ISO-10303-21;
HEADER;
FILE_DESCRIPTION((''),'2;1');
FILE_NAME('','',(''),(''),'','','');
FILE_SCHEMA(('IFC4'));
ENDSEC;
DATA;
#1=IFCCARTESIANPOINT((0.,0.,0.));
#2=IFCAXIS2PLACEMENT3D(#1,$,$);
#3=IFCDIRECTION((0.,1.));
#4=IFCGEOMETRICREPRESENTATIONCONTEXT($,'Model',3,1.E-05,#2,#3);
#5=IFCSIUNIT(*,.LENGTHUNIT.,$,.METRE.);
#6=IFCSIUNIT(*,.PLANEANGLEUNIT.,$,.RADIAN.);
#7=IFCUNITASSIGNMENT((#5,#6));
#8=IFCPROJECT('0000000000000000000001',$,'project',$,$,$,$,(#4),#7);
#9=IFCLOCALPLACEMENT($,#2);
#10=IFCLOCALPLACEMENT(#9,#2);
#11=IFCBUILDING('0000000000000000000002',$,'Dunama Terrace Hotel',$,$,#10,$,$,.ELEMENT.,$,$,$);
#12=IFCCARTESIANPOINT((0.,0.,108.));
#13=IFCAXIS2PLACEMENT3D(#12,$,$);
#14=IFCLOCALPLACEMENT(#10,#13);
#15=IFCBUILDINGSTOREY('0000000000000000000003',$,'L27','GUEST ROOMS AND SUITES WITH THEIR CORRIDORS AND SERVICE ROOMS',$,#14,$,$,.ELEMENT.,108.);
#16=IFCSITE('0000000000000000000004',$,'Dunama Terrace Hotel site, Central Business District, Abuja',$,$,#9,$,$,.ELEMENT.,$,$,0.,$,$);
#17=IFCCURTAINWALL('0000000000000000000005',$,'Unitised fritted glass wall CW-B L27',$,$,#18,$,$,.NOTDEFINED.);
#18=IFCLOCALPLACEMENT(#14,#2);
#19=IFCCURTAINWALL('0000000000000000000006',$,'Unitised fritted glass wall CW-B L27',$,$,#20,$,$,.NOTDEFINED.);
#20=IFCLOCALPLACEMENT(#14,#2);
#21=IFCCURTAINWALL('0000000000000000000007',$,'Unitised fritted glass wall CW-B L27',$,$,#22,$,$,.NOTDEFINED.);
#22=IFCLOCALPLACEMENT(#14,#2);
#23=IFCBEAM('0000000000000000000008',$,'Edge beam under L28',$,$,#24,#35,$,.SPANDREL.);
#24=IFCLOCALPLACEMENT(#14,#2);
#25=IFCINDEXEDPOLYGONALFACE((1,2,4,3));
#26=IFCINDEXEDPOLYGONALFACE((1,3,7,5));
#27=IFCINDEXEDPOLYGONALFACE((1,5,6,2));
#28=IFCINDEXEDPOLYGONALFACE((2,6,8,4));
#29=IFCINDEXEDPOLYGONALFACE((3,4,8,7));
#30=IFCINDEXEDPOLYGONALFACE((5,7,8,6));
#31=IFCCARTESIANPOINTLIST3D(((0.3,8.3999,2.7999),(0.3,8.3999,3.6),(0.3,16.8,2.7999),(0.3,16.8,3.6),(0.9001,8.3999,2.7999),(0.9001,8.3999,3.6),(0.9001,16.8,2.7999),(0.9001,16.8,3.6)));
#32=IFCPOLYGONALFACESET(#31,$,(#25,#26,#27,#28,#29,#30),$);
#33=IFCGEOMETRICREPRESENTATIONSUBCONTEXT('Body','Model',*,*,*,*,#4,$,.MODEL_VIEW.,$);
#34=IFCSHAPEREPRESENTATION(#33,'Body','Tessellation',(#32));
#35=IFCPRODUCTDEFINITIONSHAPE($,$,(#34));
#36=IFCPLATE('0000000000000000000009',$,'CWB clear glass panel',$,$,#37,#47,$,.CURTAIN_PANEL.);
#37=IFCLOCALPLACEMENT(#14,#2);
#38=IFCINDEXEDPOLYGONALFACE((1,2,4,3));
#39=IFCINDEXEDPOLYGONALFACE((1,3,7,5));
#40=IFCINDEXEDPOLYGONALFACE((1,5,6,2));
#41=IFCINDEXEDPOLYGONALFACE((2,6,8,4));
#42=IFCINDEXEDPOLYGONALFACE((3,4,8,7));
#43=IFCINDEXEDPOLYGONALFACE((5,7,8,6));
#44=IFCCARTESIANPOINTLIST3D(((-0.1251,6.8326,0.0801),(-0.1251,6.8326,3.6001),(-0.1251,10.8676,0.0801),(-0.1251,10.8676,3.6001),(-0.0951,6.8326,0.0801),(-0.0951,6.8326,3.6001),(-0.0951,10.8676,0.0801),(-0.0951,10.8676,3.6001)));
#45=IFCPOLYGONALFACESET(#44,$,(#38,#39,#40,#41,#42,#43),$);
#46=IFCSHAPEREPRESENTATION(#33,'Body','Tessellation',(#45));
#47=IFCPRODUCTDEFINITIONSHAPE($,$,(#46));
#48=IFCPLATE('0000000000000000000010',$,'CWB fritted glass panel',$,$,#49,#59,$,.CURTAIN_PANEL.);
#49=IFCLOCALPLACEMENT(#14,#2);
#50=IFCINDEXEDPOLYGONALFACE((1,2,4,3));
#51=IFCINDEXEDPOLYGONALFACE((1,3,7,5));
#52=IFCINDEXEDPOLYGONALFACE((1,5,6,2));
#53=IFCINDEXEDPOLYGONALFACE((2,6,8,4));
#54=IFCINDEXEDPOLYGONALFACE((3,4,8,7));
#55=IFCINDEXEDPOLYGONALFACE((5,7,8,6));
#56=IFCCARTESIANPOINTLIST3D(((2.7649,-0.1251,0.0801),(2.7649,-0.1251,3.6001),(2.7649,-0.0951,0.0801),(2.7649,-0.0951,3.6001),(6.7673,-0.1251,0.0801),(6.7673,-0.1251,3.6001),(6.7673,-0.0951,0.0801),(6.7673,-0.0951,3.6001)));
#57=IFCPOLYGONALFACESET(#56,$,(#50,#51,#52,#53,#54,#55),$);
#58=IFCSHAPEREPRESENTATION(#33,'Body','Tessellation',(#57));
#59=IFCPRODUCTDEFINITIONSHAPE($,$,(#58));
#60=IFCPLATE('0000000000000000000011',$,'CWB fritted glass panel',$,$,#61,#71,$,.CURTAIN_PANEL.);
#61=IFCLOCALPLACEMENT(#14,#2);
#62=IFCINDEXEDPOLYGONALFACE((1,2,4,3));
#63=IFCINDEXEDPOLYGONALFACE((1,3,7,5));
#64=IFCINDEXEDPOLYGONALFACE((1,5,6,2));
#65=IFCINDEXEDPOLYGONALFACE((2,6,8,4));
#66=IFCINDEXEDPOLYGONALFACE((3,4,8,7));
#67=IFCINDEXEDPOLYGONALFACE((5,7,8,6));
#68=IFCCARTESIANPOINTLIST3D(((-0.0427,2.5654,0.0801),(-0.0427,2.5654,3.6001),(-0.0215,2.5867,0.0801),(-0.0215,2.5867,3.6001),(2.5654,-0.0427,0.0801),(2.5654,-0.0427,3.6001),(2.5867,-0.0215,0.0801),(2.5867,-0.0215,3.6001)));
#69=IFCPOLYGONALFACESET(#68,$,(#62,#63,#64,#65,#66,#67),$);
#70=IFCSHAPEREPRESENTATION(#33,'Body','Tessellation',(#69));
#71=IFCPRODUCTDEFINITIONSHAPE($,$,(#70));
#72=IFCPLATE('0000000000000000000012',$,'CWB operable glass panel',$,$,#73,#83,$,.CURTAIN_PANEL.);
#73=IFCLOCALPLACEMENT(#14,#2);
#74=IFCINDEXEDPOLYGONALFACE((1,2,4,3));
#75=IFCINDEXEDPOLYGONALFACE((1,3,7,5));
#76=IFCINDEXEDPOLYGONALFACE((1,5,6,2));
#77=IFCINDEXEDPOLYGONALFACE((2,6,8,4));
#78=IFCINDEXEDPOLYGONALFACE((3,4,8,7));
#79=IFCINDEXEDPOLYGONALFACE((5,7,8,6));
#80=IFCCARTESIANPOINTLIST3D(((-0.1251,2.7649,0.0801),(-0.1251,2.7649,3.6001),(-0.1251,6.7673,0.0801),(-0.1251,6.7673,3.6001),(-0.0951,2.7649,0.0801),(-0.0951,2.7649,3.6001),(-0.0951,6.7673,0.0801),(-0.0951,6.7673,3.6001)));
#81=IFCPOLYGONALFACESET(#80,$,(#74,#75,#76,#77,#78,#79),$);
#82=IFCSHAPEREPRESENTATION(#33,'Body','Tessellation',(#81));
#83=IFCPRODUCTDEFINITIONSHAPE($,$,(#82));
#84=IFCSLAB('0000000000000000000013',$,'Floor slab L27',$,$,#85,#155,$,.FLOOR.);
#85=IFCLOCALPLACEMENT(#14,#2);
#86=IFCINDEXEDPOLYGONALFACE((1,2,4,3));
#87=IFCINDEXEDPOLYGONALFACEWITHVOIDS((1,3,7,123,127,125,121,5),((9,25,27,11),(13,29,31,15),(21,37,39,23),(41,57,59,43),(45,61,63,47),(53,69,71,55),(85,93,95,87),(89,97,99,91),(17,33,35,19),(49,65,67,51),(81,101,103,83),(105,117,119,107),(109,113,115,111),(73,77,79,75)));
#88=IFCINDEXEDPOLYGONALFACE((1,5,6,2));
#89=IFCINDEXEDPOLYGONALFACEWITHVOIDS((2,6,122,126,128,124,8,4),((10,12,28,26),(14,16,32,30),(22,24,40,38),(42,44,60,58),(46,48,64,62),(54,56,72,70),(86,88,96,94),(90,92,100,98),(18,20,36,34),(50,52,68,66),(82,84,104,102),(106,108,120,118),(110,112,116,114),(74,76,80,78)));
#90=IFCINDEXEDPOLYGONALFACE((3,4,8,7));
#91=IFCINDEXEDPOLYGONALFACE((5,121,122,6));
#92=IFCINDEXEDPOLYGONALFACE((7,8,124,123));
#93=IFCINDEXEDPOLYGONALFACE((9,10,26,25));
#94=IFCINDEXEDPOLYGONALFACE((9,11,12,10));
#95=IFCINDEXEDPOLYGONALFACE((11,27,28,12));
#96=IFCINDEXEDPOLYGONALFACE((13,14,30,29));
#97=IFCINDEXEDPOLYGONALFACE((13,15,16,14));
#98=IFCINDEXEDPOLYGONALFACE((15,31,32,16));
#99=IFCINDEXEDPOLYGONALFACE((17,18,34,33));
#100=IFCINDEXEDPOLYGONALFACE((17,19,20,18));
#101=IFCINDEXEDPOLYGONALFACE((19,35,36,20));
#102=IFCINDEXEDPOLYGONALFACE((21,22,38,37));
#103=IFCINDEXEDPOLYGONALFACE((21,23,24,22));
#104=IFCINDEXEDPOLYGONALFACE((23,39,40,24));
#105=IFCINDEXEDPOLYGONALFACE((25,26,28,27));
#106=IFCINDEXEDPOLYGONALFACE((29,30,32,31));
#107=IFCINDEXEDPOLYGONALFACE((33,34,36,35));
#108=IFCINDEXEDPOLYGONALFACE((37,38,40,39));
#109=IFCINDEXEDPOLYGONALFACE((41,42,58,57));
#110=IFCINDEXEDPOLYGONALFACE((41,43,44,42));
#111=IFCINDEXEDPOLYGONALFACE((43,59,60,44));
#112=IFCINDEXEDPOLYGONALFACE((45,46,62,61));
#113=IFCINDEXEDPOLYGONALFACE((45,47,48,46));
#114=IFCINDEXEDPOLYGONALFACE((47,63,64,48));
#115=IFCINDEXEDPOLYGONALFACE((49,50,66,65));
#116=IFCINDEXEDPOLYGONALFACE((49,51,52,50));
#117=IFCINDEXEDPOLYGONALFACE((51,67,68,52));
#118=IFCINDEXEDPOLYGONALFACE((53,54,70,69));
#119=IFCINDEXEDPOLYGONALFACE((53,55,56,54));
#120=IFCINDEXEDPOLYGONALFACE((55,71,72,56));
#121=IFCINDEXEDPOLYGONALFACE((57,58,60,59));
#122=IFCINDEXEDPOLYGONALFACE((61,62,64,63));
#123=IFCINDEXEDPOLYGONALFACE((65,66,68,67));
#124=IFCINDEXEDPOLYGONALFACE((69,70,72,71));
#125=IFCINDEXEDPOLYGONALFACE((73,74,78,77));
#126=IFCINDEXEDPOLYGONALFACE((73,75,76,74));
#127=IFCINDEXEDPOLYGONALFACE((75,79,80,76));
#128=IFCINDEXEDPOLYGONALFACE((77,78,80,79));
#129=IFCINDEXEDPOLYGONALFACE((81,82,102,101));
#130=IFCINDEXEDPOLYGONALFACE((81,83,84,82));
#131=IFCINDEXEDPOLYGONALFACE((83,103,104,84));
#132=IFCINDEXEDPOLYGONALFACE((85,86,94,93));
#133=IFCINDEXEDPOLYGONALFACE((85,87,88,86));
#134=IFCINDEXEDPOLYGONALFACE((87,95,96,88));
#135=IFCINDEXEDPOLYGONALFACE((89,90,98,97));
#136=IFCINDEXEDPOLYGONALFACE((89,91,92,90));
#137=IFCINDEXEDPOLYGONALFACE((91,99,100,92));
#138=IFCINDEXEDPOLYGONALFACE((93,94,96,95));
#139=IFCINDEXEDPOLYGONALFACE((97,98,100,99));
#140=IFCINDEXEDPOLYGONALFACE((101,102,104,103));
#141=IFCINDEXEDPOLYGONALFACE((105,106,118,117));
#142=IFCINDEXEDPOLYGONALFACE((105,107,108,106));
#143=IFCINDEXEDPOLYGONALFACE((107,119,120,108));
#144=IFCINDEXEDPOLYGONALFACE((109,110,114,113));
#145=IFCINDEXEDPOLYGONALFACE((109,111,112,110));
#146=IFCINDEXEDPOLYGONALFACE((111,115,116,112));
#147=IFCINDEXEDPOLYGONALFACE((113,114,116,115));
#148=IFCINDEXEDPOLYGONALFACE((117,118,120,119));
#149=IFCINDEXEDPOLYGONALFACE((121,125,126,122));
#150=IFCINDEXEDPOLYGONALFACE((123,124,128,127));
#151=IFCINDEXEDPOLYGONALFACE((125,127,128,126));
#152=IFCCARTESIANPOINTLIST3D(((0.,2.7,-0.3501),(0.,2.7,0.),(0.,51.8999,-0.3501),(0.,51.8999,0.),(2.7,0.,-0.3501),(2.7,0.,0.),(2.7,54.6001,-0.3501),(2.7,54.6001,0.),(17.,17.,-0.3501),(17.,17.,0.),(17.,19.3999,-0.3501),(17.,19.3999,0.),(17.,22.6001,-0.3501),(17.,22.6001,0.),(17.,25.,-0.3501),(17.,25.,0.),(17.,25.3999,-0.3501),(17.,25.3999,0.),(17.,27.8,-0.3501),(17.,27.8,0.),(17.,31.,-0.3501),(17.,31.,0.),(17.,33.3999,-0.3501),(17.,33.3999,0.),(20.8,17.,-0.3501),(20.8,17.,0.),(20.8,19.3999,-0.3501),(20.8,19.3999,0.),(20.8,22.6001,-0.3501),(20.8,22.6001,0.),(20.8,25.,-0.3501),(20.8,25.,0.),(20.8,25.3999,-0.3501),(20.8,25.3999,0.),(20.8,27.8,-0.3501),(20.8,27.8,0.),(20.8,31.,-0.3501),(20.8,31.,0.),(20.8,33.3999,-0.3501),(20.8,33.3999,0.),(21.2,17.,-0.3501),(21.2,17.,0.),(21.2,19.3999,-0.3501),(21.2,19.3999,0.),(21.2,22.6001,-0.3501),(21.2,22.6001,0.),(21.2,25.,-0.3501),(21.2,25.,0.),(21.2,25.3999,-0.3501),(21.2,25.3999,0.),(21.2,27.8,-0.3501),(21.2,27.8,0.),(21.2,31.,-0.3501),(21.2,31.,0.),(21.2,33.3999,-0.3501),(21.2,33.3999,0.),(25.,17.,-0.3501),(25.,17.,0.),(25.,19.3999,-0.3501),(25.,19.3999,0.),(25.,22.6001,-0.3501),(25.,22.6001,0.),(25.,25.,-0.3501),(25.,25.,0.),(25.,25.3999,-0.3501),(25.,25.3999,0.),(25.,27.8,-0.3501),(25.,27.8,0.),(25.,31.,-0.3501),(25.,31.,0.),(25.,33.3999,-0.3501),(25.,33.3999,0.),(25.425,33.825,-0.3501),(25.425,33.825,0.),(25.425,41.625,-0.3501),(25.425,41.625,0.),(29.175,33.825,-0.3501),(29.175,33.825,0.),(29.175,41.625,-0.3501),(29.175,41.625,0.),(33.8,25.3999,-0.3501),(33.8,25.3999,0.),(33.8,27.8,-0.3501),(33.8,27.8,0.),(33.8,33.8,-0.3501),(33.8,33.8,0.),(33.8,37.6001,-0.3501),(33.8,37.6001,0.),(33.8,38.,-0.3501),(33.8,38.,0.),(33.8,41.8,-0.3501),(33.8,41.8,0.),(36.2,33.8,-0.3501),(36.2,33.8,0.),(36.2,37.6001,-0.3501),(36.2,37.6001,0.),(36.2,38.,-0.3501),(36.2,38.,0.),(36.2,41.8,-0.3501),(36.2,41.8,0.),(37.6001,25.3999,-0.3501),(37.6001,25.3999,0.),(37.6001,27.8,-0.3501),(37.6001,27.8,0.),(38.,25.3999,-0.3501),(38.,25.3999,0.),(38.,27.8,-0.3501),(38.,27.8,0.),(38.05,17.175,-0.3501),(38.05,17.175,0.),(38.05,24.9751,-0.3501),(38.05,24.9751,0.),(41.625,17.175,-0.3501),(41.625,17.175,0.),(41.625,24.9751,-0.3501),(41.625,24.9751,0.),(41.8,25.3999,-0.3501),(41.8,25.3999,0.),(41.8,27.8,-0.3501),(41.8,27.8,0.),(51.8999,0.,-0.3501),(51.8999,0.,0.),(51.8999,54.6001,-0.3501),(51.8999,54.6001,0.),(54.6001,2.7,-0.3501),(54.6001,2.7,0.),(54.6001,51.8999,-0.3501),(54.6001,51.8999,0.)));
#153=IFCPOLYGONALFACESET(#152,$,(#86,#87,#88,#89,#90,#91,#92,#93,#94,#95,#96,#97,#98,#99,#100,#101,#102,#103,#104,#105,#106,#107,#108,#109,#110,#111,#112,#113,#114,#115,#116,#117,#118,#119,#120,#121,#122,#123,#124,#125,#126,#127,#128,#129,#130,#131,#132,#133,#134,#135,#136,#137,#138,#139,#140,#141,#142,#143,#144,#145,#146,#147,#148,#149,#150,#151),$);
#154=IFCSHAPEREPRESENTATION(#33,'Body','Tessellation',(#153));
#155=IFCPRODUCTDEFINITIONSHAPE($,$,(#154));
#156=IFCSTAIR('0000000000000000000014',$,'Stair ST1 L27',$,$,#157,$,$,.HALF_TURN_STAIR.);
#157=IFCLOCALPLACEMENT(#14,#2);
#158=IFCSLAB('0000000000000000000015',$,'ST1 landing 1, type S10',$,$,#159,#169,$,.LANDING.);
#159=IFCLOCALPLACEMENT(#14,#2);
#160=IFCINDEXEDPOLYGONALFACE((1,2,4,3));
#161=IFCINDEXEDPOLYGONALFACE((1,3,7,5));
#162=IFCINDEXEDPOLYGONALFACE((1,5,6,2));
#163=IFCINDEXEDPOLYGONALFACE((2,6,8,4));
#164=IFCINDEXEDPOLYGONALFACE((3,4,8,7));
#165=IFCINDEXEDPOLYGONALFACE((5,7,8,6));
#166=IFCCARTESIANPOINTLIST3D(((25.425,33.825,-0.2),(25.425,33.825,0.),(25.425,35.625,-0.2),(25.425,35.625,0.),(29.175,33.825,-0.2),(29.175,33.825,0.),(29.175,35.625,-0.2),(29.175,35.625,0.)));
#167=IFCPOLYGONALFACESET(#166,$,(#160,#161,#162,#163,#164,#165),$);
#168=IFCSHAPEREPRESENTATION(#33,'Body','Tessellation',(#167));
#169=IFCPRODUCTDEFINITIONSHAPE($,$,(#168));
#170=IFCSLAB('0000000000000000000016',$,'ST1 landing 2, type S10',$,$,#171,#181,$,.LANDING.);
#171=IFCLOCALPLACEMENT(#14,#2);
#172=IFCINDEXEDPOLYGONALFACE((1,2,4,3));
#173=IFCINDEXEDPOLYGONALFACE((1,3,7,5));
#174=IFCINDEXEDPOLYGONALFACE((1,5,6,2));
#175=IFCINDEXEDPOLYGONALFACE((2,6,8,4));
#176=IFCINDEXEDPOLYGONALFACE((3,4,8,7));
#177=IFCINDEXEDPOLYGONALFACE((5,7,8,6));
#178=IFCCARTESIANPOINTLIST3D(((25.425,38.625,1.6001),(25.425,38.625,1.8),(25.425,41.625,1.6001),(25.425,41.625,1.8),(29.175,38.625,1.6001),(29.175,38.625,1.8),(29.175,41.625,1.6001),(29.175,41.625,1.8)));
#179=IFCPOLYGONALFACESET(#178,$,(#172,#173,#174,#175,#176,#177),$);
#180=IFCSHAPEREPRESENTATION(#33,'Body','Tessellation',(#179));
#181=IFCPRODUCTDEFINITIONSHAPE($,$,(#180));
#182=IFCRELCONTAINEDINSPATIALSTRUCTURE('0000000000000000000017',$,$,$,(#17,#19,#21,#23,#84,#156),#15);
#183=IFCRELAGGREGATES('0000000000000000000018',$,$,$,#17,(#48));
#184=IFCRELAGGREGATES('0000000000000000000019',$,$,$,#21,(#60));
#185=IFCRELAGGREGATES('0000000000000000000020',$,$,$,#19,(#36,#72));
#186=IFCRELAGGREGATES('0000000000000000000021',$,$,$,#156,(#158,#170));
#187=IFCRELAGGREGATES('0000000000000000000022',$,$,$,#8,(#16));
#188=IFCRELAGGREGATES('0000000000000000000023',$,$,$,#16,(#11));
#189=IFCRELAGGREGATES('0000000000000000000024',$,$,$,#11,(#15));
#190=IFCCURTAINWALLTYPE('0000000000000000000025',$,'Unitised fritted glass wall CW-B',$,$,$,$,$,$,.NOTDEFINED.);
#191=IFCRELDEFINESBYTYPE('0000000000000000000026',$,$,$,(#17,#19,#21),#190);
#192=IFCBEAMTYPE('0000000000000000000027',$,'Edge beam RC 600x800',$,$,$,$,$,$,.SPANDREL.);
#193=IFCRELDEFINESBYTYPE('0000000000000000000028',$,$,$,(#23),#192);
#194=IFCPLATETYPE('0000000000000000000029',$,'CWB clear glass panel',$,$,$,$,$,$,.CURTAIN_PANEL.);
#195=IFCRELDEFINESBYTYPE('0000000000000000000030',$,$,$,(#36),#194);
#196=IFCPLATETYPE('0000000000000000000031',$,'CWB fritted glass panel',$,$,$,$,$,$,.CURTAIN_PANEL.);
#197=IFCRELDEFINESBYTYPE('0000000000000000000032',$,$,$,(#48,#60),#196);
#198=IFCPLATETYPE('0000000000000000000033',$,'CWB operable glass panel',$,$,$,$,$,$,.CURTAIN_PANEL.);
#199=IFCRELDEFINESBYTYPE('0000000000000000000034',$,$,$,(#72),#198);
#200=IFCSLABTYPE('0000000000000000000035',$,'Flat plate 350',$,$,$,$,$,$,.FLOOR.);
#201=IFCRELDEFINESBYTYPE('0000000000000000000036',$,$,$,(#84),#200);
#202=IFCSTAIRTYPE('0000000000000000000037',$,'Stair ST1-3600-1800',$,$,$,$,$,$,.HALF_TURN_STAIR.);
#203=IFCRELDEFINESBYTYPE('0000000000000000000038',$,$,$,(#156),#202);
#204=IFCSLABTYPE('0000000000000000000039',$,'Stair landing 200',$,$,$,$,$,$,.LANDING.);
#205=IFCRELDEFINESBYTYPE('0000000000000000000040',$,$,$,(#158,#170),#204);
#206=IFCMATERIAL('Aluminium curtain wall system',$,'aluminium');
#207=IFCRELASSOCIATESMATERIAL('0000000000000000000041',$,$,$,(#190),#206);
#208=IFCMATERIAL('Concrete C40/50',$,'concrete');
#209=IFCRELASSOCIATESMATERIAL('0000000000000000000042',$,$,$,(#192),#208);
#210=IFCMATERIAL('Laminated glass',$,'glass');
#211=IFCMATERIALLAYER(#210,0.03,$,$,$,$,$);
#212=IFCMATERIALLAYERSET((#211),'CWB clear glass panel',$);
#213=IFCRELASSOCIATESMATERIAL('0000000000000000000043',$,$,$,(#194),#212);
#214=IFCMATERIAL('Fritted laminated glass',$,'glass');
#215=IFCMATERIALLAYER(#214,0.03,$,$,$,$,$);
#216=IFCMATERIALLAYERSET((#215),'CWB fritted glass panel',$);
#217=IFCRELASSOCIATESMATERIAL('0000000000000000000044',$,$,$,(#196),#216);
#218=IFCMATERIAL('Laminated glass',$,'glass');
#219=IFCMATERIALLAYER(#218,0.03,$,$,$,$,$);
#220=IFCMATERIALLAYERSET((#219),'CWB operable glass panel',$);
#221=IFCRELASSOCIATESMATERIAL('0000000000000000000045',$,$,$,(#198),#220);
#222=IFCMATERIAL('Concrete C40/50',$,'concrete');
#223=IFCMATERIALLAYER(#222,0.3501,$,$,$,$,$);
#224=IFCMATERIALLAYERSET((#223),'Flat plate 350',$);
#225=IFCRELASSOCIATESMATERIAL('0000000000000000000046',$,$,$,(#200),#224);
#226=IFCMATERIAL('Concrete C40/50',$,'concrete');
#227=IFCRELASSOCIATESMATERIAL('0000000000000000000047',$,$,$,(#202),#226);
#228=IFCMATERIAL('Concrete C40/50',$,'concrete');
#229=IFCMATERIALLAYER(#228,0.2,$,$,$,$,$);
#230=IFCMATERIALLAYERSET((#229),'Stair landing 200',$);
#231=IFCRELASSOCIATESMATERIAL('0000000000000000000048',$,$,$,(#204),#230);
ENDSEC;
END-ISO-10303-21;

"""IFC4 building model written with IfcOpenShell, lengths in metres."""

from ifc_helpers import new_model, si_unit, direction, frame, origin, origin_2d, place, context, subcontext, project, spatial, polyline, rectangle, outline, extrude, material, layer, layer_set, material_profile, profile_set, type_object, element, aggregate, save


model = new_model("IFC4")

# Units and contexts
model_context = context("Model", 3, precision=1e-05, world=origin(), true_north=direction((0.0, 1.0)))
body_context = subcontext(model_context, "Body", "Model", "MODEL_VIEW")
ifc_project = project(units=[si_unit("LENGTHUNIT", "METRE"), si_unit("PLANEANGLEUNIT", "RADIAN")], contexts=[model_context])

# Site, building, storey
site_placement = place(None, origin())
site = spatial("IfcSite", under=ifc_project, at=site_placement, Name="Dunama Terrace Hotel site, Central Business District, Abuja", CompositionType="ELEMENT", RefElevation=0.0)
building_placement = place(site_placement, origin())
building = spatial("IfcBuilding", under=site, at=building_placement, Name="Dunama Terrace Hotel", CompositionType="ELEMENT")
storey_placement = place(building_placement, frame((0.0, 0.0, 108.0)))
storey = spatial("IfcBuildingStorey", under=building, at=storey_placement, Name="L27", Description="GUEST ROOMS AND SUITES WITH THEIR CORRIDORS AND SERVICE ROOMS", CompositionType="ELEMENT", Elevation=108.0)

# Curtain walls
ifc_material_1 = material(Name="Aluminium curtain wall system", Category="aluminium")
curtain_wall_type = type_object("IfcCurtainWallType", Name="Unitised fritted glass wall CW-B", PredefinedType="NOTDEFINED", material=ifc_material_1)
curtain_wall_1_placement = place(storey_placement, origin())
curtain_wall_1 = element("IfcCurtainWall", 1, at=curtain_wall_1_placement, inside=storey, type_object=curtain_wall_type, Name="Unitised fritted glass wall CW-B L27", PredefinedType="NOTDEFINED")
curtain_wall_2_placement = place(storey_placement, origin())
curtain_wall_2 = element("IfcCurtainWall", 2, at=curtain_wall_2_placement, inside=storey, type_object=curtain_wall_type, Name="Unitised fritted glass wall CW-B L27", PredefinedType="NOTDEFINED")
curtain_wall_3_placement = place(storey_placement, origin())
curtain_wall_3 = element("IfcCurtainWall", 3, at=curtain_wall_3_placement, inside=storey, type_object=curtain_wall_type, Name="Unitised fritted glass wall CW-B L27", PredefinedType="NOTDEFINED")

# Beam
ifc_material_2 = material(Name="Concrete C40/50", Category="concrete")
ifc_material_profile_1 = material_profile(ifc_material_2, rectangle(XDim=0.6001, YDim=0.8, at=origin_2d()), Name="RC 600x800")
ifc_profile_set_1 = profile_set([ifc_material_profile_1], Name="Concrete C40/50")
beam_type = type_object("IfcBeamType", Name="Edge beam RC 600x800", PredefinedType="SPANDREL", material=ifc_profile_set_1)
beam_placement = place(storey_placement, frame((0.6001, 8.3999, 3.2), z_axis=(0.0, 1.0, 0.0), x_axis=(-1.0, 0.0, 0.0)))
element("IfcBeam", 4, at=beam_placement, inside=storey, type_object=beam_type, Name="Edge beam under L28", PredefinedType="SPANDREL", context=body_context, shape_type="SweptSolid", body=[
    extrude(rectangle(XDim=0.6001, YDim=0.8, at=origin_2d()), origin(), (0.0, 0.0, 1.0), 8.4001),
])

# Plates
ifc_material_3 = material(Name="Laminated glass", Category="glass")
ifc_layer_1 = layer(ifc_material_3, 0.03)
ifc_layer_set_1 = layer_set([ifc_layer_1], Name="CWB clear glass panel")
plate_type_1 = type_object("IfcPlateType", Name="CWB clear glass panel", PredefinedType="CURTAIN_PANEL", material=ifc_layer_set_1)
plate_1_placement = place(storey_placement, frame((-0.1101, 8.8501, 0.0801), z_axis=(0.0, 0.0, 1.0), x_axis=(0.0, -1.0, 0.0)))
plate_1 = element("IfcPlate", 5, at=plate_1_placement, type_object=plate_type_1, Name="CWB clear glass panel", PredefinedType="CURTAIN_PANEL", context=body_context, shape_type="SweptSolid", body=[
    extrude(rectangle(XDim=4.0349, YDim=0.03, at=origin_2d()), origin(), (0.0, 0.0, 1.0), 3.52),
])
ifc_material_4 = material(Name="Fritted laminated glass", Category="glass")
ifc_layer_2 = layer(ifc_material_4, 0.03)
ifc_layer_set_2 = layer_set([ifc_layer_2], Name="CWB fritted glass panel")
plate_type_2 = type_object("IfcPlateType", Name="CWB fritted glass panel", PredefinedType="CURTAIN_PANEL", material=ifc_layer_set_2)
plate_2_placement = place(storey_placement, frame((4.7661, -0.1101, 0.0801), z_axis=(0.0, 0.0, 1.0), x_axis=(1.0, 0.0, 0.0)))
plate_2 = element("IfcPlate", 6, at=plate_2_placement, type_object=plate_type_2, Name="CWB fritted glass panel", PredefinedType="CURTAIN_PANEL", context=body_context, shape_type="SweptSolid", body=[
    extrude(rectangle(XDim=4.0024, YDim=0.03, at=origin_2d()), origin(), (0.0, 0.0, 1.0), 3.52),
])
aggregate(curtain_wall_1, [plate_2])
plate_3_placement = place(storey_placement, frame((1.272, 1.272, 0.0801), z_axis=(0.0, 0.0, 1.0), x_axis=(0.707107, -0.707107, 0.0)))
plate_3 = element("IfcPlate", 7, at=plate_3_placement, type_object=plate_type_2, Name="CWB fritted glass panel", PredefinedType="CURTAIN_PANEL", context=body_context, shape_type="SweptSolid", body=[
    extrude(rectangle(XDim=3.6885, YDim=0.03, at=origin_2d()), origin(), (0.0, 0.0, 1.0), 3.52),
])
aggregate(curtain_wall_3, [plate_3])
ifc_material_5 = material(Name="Laminated glass", Category="glass")
ifc_layer_3 = layer(ifc_material_5, 0.03)
ifc_layer_set_3 = layer_set([ifc_layer_3], Name="CWB operable glass panel")
plate_type_3 = type_object("IfcPlateType", Name="CWB operable glass panel", PredefinedType="CURTAIN_PANEL", material=ifc_layer_set_3)
plate_4_placement = place(storey_placement, frame((-0.1101, 4.7661, 0.0801), z_axis=(0.0, 0.0, 1.0), x_axis=(0.0, -1.0, 0.0)))
plate_4 = element("IfcPlate", 8, at=plate_4_placement, type_object=plate_type_3, Name="CWB operable glass panel", PredefinedType="CURTAIN_PANEL", context=body_context, shape_type="SweptSolid", body=[
    extrude(rectangle(XDim=4.0024, YDim=0.03, at=origin_2d()), origin(), (0.0, 0.0, 1.0), 3.52),
])
aggregate(curtain_wall_2, [plate_1, plate_4])

# Slab
ifc_material_6 = material(Name="Concrete C40/50", Category="concrete")
ifc_layer_4 = layer(ifc_material_6, 0.3501)
ifc_layer_set_4 = layer_set([ifc_layer_4], Name="Flat plate 350")
slab_type_1 = type_object("IfcSlabType", Name="Flat plate 350", PredefinedType="FLOOR", material=ifc_layer_set_4)
slab_1_placement = place(storey_placement, frame((0.0, 0.0, -0.3501)))
element("IfcSlab", 9, at=slab_1_placement, inside=storey, type_object=slab_type_1, Name="Floor slab L27", PredefinedType="FLOOR", context=body_context, shape_type="SweptSolid", body=[
    extrude(outline(polyline([(2.7, 0.0), (51.8999, 0.0), (54.6001, 2.7), (54.6001, 51.8999), (51.8999, 54.6001), (2.7, 54.6001), (0.0, 51.8999), (0.0, 2.7), (2.7, 0.0)]), holes=[polyline([(37.6001, 25.3999), (37.6001, 27.8), (33.8, 27.8), (33.8, 25.3999), (37.6001, 25.3999)]), polyline([(41.8, 25.3999), (41.8, 27.8), (38.0, 27.8), (38.0, 25.3999), (41.8, 25.3999)]), polyline([(20.8, 17.0), (20.8, 19.3999), (17.0, 19.3999), (17.0, 17.0), (20.8, 17.0)]), polyline([(25.0, 17.0), (25.0, 19.3999), (21.2, 19.3999), (21.2, 17.0), (25.0, 17.0)]), polyline([(20.8, 22.6001), (20.8, 25.0), (17.0, 25.0), (17.0, 22.6001), (20.8, 22.6001)]), polyline([(25.0, 22.6001), (25.0, 25.0), (21.2, 25.0), (21.2, 22.6001), (25.0, 22.6001)]), polyline([(20.8, 25.3999), (20.8, 27.8), (17.0, 27.8), (17.0, 25.3999), (20.8, 25.3999)]), polyline([(25.0, 25.3999), (25.0, 27.8), (21.2, 27.8), (21.2, 25.3999), (25.0, 25.3999)]), polyline([(20.8, 31.0), (20.8, 33.3999), (17.0, 33.3999), (17.0, 31.0), (20.8, 31.0)]), polyline([(25.0, 31.0), (25.0, 33.3999), (21.2, 33.3999), (21.2, 31.0), (25.0, 31.0)]), polyline([(36.2, 38.0), (36.2, 41.8), (33.8, 41.8), (33.8, 38.0), (36.2, 38.0)]), polyline([(36.2, 33.8), (36.2, 37.6001), (33.8, 37.6001), (33.8, 33.8), (36.2, 33.8)]), polyline([(29.175, 33.825), (29.175, 41.625), (25.425, 41.625), (25.425, 33.825), (29.175, 33.825)]), polyline([(41.625, 17.175), (41.625, 24.9751), (38.05, 24.9751), (38.05, 17.175), (41.625, 17.175)])]), origin(), (0.0, 0.0, 1.0), 0.3501),
])

# Stair, slabs
ifc_material_7 = material(Name="Concrete C40/50", Category="concrete")
stair_type_1 = type_object("IfcStairType", Name="Stair ST1-3600-1800", PredefinedType="HALF_TURN_STAIR", material=ifc_material_7)
stair_1_placement = place(storey_placement, origin())
stair_1 = element("IfcStair", 10, at=stair_1_placement, inside=storey, type_object=stair_type_1, Name="Stair ST1 L27", PredefinedType="HALF_TURN_STAIR")
ifc_material_8 = material(Name="Concrete C40/50", Category="concrete")
ifc_layer_5 = layer(ifc_material_8, 0.2)
ifc_layer_set_5 = layer_set([ifc_layer_5], Name="Stair landing 200")
slab_type_2 = type_object("IfcSlabType", Name="Stair landing 200", PredefinedType="LANDING", material=ifc_layer_set_5)
slab_2_placement = place(storey_placement, frame((0.0, 0.0, -0.2)))
slab_2 = element("IfcSlab", 11, at=slab_2_placement, type_object=slab_type_2, Name="ST1 landing 1, type S10", PredefinedType="LANDING", context=body_context, shape_type="SweptSolid", body=[
    extrude(outline(polyline([(25.425, 33.825), (29.175, 33.825), (29.175, 35.625), (25.425, 35.625), (25.425, 33.825)])), origin(), (0.0, 0.0, 1.0), 0.2),
])
slab_3_placement = place(storey_placement, frame((0.0, 0.0, 1.6001)))
slab_3 = element("IfcSlab", 12, at=slab_3_placement, type_object=slab_type_2, Name="ST1 landing 2, type S10", PredefinedType="LANDING", context=body_context, shape_type="SweptSolid", body=[
    extrude(outline(polyline([(25.425, 38.625), (29.175, 38.625), (29.175, 41.625), (25.425, 41.625), (25.425, 38.625)])), origin(), (0.0, 0.0, 1.0), 0.2),
])
aggregate(stair_1, [slab_2, slab_3])

save(model, "model.ifc")
